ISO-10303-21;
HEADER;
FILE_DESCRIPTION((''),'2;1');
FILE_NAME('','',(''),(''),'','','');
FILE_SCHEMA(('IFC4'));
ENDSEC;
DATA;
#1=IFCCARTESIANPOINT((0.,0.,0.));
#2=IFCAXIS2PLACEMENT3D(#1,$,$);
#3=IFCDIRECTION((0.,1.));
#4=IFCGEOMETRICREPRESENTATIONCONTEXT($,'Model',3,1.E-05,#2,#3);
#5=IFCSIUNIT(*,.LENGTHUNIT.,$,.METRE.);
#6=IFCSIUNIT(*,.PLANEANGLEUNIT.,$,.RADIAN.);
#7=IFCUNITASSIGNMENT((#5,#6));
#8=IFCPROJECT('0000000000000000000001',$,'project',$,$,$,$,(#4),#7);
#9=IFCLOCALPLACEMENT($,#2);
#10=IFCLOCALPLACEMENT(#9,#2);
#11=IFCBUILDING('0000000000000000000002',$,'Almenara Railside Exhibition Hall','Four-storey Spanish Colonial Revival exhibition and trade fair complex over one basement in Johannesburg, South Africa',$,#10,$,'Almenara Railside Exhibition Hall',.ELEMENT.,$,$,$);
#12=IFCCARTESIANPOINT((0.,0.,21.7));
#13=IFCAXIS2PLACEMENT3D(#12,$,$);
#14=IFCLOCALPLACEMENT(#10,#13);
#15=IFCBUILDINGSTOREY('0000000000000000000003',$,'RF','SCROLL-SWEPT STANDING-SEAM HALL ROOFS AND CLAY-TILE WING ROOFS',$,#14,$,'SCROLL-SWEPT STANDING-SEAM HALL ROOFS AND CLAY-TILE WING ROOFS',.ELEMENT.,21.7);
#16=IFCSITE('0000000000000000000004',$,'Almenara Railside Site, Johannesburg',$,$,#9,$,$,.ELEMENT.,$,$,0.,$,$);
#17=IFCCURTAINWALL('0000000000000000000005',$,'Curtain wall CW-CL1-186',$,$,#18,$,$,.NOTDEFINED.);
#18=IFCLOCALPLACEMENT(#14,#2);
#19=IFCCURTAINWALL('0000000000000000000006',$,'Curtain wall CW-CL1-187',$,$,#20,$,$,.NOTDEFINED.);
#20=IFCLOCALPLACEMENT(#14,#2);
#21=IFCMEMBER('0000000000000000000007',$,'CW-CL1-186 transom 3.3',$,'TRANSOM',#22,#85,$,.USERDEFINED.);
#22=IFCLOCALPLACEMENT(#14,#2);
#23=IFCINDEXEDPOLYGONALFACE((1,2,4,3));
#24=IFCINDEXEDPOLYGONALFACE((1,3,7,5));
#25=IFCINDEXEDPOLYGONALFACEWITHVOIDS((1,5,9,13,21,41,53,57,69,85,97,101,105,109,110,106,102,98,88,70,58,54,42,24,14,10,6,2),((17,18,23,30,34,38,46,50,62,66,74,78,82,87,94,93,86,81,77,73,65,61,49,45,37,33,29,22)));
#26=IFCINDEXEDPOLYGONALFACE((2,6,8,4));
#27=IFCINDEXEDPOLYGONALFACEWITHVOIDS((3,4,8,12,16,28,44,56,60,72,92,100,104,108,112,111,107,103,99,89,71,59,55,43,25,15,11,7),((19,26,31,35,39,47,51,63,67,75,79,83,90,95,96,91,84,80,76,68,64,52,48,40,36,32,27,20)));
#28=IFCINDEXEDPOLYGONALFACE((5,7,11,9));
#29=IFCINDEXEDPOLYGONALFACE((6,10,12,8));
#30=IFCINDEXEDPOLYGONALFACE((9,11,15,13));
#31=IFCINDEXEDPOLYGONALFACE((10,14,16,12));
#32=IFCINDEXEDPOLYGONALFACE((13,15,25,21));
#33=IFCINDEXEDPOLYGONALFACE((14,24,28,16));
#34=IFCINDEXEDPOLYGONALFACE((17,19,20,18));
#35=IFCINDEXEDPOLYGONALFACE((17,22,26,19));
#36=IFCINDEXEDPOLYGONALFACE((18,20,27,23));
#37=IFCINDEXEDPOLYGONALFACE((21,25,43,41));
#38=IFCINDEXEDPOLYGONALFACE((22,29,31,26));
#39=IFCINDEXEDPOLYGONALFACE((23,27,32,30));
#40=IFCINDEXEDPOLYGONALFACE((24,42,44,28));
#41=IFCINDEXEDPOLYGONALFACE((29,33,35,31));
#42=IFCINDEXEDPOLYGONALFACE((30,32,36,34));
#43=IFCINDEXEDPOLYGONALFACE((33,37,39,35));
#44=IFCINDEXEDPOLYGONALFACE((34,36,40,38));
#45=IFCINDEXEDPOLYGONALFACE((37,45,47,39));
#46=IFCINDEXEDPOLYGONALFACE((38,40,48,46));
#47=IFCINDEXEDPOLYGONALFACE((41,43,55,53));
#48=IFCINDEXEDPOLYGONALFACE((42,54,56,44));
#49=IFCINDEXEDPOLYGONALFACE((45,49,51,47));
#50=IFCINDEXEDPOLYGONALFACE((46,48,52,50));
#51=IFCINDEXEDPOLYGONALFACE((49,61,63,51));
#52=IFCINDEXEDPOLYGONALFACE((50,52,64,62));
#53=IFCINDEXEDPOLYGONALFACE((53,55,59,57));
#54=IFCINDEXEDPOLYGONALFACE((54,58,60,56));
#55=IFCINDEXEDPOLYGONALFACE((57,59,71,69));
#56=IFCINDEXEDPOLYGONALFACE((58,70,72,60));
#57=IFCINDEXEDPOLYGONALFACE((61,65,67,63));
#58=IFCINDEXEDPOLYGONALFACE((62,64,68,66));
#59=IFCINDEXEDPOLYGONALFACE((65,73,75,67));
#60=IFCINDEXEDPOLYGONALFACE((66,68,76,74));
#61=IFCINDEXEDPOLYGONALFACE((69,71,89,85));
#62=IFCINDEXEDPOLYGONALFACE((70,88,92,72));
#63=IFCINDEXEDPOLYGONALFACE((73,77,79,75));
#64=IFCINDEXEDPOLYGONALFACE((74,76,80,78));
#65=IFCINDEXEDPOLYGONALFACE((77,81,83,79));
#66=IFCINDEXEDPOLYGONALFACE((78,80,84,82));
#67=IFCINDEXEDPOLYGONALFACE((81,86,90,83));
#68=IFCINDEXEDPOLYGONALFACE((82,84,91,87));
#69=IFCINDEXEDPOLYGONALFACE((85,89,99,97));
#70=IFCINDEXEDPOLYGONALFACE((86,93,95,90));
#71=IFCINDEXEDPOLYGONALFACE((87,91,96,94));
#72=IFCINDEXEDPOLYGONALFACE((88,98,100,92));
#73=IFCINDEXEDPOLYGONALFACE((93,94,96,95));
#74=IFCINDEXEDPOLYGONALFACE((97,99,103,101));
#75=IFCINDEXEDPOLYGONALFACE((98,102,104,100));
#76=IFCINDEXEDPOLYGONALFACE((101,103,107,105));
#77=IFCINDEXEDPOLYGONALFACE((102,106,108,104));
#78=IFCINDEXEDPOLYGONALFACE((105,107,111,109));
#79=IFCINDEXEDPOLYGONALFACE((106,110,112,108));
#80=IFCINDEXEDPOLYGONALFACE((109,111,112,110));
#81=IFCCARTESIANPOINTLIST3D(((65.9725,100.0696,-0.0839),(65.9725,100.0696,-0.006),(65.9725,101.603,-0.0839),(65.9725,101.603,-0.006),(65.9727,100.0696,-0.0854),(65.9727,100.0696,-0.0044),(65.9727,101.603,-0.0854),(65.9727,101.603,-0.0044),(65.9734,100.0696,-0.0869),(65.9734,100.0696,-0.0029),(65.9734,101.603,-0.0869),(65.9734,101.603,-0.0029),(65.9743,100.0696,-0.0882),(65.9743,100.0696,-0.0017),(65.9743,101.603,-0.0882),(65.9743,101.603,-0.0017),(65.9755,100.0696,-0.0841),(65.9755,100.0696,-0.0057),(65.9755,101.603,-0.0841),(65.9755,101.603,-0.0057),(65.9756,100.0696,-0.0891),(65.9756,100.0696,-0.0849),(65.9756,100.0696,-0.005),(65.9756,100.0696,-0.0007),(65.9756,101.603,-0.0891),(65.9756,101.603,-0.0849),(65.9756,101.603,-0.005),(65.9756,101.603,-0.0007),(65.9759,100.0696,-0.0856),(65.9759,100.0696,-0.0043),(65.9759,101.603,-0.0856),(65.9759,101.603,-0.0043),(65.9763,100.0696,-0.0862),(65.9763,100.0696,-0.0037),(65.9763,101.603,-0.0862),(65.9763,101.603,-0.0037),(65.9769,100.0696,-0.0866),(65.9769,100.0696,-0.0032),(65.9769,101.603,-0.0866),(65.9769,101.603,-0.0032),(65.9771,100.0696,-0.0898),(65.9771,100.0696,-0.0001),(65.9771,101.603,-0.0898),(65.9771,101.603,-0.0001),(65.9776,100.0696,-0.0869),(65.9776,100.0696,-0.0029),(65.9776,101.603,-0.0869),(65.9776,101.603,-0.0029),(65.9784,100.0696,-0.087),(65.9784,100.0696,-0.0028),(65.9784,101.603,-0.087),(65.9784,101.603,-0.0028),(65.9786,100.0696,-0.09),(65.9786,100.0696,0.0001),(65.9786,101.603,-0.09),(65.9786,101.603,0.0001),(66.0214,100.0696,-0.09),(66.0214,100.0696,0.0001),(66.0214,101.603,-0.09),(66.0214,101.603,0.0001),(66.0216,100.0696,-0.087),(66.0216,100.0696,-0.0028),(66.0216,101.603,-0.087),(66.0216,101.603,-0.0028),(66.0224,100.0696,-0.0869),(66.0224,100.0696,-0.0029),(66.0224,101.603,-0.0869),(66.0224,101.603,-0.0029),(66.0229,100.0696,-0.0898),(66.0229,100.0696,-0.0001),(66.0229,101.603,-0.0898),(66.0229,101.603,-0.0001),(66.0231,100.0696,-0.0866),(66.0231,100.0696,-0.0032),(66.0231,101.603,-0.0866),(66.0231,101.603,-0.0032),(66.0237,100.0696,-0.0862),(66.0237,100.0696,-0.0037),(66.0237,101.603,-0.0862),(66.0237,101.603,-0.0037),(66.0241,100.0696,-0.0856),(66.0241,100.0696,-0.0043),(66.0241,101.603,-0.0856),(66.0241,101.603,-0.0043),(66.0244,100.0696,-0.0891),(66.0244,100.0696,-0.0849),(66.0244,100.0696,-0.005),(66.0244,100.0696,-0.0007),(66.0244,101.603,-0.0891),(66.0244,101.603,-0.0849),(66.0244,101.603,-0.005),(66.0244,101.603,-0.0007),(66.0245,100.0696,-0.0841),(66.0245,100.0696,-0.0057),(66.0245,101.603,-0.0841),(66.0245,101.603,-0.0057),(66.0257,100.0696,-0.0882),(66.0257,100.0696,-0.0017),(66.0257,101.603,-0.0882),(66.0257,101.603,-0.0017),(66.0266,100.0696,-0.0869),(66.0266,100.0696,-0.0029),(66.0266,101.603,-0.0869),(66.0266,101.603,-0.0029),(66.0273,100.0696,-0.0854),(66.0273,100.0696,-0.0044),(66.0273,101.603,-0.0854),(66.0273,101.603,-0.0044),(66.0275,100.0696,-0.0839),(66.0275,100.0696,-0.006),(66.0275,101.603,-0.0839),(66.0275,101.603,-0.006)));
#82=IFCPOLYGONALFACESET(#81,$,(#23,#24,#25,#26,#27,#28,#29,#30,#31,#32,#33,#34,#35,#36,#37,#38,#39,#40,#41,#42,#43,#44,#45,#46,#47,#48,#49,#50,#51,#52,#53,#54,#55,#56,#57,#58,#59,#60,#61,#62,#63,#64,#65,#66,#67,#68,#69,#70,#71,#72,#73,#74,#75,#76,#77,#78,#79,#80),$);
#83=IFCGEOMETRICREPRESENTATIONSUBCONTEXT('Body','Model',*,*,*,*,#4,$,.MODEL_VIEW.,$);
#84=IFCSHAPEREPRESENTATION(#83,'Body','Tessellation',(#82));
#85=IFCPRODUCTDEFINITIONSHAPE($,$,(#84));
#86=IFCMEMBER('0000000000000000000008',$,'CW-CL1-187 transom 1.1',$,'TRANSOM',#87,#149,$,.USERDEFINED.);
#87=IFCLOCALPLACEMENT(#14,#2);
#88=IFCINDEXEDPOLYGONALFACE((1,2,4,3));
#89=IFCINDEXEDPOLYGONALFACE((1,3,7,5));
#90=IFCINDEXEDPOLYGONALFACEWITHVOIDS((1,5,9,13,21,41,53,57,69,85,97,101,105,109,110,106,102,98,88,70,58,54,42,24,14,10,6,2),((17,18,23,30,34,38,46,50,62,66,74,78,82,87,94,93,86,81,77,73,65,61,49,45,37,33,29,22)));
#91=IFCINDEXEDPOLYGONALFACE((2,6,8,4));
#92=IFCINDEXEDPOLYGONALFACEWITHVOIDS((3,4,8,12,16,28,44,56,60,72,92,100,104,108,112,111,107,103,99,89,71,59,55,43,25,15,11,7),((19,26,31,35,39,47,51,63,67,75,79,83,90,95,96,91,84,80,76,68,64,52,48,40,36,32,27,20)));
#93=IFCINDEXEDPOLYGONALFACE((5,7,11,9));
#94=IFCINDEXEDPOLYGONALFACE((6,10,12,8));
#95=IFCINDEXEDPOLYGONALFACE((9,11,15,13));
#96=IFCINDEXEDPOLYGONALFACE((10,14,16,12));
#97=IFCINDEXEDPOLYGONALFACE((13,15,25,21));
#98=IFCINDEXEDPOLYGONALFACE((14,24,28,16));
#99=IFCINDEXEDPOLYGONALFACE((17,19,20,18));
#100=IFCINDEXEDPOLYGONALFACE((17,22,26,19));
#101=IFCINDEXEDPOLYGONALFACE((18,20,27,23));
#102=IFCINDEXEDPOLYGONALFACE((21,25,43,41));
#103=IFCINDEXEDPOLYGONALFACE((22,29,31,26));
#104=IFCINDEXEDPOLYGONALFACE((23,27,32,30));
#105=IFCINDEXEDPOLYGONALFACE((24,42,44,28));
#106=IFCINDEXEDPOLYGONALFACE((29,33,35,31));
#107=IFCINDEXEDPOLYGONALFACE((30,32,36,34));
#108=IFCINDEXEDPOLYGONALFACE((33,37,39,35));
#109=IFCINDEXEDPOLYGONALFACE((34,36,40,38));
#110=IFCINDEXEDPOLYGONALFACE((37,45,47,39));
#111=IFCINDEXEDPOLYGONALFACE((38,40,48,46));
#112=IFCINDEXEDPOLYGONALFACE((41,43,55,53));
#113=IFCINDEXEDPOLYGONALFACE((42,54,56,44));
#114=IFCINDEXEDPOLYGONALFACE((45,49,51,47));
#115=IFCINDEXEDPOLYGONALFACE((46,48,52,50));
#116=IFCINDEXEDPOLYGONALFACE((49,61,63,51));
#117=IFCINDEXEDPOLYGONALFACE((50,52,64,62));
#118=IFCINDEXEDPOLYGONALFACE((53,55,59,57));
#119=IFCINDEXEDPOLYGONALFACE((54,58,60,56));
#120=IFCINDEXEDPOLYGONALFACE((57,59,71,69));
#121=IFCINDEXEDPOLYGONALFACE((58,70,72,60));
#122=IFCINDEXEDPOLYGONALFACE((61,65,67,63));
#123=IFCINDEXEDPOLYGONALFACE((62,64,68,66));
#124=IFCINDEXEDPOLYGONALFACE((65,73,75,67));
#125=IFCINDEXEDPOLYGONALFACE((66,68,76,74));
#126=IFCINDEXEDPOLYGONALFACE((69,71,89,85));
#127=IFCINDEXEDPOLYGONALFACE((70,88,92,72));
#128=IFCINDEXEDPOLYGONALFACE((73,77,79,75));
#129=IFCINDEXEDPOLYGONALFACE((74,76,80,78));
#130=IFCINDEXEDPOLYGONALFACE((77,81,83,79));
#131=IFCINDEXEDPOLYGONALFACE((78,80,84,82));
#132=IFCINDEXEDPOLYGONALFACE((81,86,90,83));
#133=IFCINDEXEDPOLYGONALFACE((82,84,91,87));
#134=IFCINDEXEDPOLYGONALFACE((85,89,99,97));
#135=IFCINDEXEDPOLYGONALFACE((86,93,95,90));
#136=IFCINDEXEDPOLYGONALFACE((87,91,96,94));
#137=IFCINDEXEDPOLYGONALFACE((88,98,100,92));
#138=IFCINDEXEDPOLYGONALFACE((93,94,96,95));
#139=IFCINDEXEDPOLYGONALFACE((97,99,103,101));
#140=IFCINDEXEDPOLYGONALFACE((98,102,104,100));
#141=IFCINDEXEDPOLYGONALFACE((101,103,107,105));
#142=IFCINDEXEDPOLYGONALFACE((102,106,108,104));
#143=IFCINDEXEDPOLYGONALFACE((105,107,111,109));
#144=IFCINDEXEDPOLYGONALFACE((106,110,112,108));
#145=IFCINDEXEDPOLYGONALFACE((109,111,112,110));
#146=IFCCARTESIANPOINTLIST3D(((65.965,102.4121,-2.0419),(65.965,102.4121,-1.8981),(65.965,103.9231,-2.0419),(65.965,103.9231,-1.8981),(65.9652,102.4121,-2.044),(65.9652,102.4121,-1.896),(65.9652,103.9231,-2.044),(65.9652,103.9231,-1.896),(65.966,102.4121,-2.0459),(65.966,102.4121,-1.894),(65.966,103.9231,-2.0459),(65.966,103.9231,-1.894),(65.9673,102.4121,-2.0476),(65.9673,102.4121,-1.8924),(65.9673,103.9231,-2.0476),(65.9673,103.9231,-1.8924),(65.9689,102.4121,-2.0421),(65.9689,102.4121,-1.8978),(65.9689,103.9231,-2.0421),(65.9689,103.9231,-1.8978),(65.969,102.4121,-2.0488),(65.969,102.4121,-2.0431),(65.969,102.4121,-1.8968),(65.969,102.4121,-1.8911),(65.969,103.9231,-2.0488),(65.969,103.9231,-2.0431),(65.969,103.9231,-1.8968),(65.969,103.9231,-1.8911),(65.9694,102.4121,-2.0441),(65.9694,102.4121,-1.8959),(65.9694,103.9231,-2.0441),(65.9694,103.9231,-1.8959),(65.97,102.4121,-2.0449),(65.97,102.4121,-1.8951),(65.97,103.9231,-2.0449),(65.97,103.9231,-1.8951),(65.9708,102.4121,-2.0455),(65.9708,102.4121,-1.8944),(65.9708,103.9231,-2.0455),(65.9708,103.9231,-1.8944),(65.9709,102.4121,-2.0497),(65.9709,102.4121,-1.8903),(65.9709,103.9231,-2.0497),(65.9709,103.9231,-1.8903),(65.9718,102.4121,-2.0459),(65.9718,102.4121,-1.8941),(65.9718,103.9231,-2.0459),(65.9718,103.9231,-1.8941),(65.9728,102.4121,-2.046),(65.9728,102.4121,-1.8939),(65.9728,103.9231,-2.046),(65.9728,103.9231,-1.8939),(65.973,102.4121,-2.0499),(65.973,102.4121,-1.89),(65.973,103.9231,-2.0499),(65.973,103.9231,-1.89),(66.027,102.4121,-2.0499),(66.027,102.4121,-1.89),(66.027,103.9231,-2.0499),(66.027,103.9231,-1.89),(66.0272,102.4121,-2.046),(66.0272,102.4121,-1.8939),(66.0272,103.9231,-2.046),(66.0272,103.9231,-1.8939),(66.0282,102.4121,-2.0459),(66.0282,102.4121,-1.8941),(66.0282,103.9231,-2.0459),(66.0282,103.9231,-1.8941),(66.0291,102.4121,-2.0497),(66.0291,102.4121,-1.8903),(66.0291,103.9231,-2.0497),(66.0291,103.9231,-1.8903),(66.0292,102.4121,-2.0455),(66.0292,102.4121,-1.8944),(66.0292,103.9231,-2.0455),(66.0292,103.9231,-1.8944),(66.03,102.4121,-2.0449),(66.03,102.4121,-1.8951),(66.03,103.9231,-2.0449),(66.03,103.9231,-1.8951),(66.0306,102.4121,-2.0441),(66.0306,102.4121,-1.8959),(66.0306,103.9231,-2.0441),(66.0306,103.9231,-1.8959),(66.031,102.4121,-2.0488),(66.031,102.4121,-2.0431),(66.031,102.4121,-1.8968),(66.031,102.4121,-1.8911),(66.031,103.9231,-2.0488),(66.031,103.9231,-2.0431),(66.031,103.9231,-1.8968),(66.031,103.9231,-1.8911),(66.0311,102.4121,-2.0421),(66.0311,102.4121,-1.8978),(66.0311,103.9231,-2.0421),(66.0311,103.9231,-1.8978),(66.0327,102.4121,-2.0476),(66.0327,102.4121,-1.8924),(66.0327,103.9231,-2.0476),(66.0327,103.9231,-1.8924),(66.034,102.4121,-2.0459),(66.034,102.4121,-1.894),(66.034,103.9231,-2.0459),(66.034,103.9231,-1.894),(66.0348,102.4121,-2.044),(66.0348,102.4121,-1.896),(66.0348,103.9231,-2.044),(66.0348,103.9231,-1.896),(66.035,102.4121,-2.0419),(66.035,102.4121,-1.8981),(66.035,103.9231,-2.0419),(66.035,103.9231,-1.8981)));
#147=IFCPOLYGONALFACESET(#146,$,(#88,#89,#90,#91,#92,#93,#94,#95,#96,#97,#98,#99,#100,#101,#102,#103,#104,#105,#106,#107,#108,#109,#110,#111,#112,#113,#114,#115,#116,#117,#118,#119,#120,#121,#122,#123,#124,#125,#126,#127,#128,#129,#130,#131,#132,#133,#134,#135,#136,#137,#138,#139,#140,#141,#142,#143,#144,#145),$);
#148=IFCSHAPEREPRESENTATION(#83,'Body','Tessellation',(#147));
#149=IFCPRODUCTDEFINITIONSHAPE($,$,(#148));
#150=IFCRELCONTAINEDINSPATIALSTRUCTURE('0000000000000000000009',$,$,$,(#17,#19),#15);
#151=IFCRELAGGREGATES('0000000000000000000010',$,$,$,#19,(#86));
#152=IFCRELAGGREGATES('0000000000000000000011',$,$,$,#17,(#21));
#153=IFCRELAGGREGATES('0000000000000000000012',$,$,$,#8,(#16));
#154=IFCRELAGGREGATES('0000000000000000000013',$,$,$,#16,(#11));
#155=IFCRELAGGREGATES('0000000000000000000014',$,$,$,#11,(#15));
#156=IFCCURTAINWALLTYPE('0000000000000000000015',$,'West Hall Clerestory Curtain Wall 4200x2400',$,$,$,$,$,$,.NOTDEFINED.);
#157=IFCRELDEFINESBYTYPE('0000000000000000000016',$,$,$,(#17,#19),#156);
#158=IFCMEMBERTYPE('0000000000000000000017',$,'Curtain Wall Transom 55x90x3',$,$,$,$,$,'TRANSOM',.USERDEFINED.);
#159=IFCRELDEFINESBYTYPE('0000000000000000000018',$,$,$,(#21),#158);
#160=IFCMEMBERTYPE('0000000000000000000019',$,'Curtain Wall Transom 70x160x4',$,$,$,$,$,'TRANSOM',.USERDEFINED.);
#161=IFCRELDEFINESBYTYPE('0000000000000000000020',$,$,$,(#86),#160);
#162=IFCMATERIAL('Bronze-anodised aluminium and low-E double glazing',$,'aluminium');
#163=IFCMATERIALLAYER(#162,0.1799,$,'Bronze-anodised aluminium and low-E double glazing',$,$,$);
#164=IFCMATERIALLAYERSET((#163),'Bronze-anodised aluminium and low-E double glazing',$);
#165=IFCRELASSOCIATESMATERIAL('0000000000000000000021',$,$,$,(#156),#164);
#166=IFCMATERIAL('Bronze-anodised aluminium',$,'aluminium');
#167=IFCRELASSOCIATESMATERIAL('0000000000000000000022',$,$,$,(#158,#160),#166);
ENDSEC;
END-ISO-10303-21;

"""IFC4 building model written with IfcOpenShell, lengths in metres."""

from ifc_helpers import new_model, si_unit, direction, frame, origin, origin_2d, place, context, subcontext, project, spatial, hollow_rectangle, extrude, material, layer, layer_set, material_profile, profile_set, type_object, element, aggregate, save


model = new_model("IFC4")

# Units and contexts
model_context = context("Model", 3, precision=1e-05, world=origin(), true_north=direction((0.0, 1.0)))
body_context = subcontext(model_context, "Body", "Model", "MODEL_VIEW")
ifc_project = project(units=[si_unit("LENGTHUNIT", "METRE"), si_unit("PLANEANGLEUNIT", "RADIAN")], contexts=[model_context])

# Site, building, storey
site_placement = place(None, origin())
site = spatial("IfcSite", under=ifc_project, at=site_placement, Name="Almenara Railside Site, Johannesburg", CompositionType="ELEMENT", RefElevation=0.0)
building_placement = place(site_placement, origin())
building = spatial("IfcBuilding", under=site, at=building_placement, Name="Almenara Railside Exhibition Hall", Description="Four-storey Spanish Colonial Revival exhibition and trade fair complex over one basement in Johannesburg, South Africa", LongName="Almenara Railside Exhibition Hall", CompositionType="ELEMENT")
storey_placement = place(building_placement, frame((0.0, 0.0, 21.7)))
storey = spatial("IfcBuildingStorey", under=building, at=storey_placement, Name="RF", Description="SCROLL-SWEPT STANDING-SEAM HALL ROOFS AND CLAY-TILE WING ROOFS", LongName="SCROLL-SWEPT STANDING-SEAM HALL ROOFS AND CLAY-TILE WING ROOFS", CompositionType="ELEMENT", Elevation=21.7)

# Curtain walls
ifc_material_1 = material(Name="Bronze-anodised aluminium and low-E double glazing", Category="aluminium")
ifc_layer_1 = layer(ifc_material_1, 0.1799, Name="Bronze-anodised aluminium and low-E double glazing")
ifc_layer_set_1 = layer_set([ifc_layer_1], Name="Bronze-anodised aluminium and low-E double glazing")
curtain_wall_type = type_object("IfcCurtainWallType", Name="West Hall Clerestory Curtain Wall 4200x2400", PredefinedType="NOTDEFINED", material=ifc_layer_set_1)
curtain_wall_1_placement = place(storey_placement, origin())
curtain_wall_1 = element("IfcCurtainWall", 1, at=curtain_wall_1_placement, inside=storey, type_object=curtain_wall_type, Name="Curtain wall CW-CL1-186", PredefinedType="NOTDEFINED")
ifc_material_2 = material(Name="Bronze-anodised aluminium", Category="aluminium")
curtain_wall_2_placement = place(storey_placement, origin())
curtain_wall_2 = element("IfcCurtainWall", 2, at=curtain_wall_2_placement, inside=storey, type_object=curtain_wall_type, Name="Curtain wall CW-CL1-187", PredefinedType="NOTDEFINED")

# Members
ifc_material_profile_1 = material_profile(ifc_material_2, hollow_rectangle(XDim=0.0549, YDim=0.0901, WallThickness=0.0029, InnerFilletRadius=0.0029, OuterFilletRadius=0.0061, at=origin_2d()), Name="ALU-TRN 55x90x3")
ifc_profile_set_1 = profile_set([ifc_material_profile_1], Name="Bronze-anodised aluminium")
member_type_1 = type_object("IfcMemberType", Name="Curtain Wall Transom 55x90x3", ElementType="TRANSOM", PredefinedType="USERDEFINED", material=ifc_profile_set_1)
member_1_placement = place(storey_placement, frame((66.0, 100.0696, -0.0449), z_axis=(0.0, 1.0, 0.0), x_axis=(-1.0, 0.0, 0.0)))
member_1 = element("IfcMember", 3, at=member_1_placement, type_object=member_type_1, Name="CW-CL1-186 transom 3.3", ObjectType="TRANSOM", PredefinedType="USERDEFINED", context=body_context, shape_type="SweptSolid", body=[
    extrude(hollow_rectangle(XDim=0.0549, YDim=0.0901, WallThickness=0.0029, InnerFilletRadius=0.0029, OuterFilletRadius=0.0061, at=origin_2d()), origin(), (0.0, 0.0, 1.0), 1.5334),
])
ifc_material_profile_2 = material_profile(ifc_material_2, hollow_rectangle(XDim=0.0701, YDim=0.1599, WallThickness=0.0039, InnerFilletRadius=0.0039, OuterFilletRadius=0.0081, at=origin_2d()), Name="ALU-TRN 70x160x4")
ifc_profile_set_2 = profile_set([ifc_material_profile_2], Name="Bronze-anodised aluminium")
member_type_2 = type_object("IfcMemberType", Name="Curtain Wall Transom 70x160x4", ElementType="TRANSOM", PredefinedType="USERDEFINED", material=ifc_profile_set_2)
member_2_placement = place(storey_placement, frame((66.0, 102.4121, -1.97), z_axis=(0.0, 1.0, 0.0), x_axis=(-1.0, 0.0, 0.0)))
member_2 = element("IfcMember", 4, at=member_2_placement, type_object=member_type_2, Name="CW-CL1-187 transom 1.1", ObjectType="TRANSOM", PredefinedType="USERDEFINED", context=body_context, shape_type="SweptSolid", body=[
    extrude(hollow_rectangle(XDim=0.0701, YDim=0.1599, WallThickness=0.0039, InnerFilletRadius=0.0039, OuterFilletRadius=0.0081, at=origin_2d()), origin(), (0.0, 0.0, 1.0), 1.511),
])

aggregate(curtain_wall_2, [member_2])
aggregate(curtain_wall_1, [member_1])

save(model, "model.ifc")
